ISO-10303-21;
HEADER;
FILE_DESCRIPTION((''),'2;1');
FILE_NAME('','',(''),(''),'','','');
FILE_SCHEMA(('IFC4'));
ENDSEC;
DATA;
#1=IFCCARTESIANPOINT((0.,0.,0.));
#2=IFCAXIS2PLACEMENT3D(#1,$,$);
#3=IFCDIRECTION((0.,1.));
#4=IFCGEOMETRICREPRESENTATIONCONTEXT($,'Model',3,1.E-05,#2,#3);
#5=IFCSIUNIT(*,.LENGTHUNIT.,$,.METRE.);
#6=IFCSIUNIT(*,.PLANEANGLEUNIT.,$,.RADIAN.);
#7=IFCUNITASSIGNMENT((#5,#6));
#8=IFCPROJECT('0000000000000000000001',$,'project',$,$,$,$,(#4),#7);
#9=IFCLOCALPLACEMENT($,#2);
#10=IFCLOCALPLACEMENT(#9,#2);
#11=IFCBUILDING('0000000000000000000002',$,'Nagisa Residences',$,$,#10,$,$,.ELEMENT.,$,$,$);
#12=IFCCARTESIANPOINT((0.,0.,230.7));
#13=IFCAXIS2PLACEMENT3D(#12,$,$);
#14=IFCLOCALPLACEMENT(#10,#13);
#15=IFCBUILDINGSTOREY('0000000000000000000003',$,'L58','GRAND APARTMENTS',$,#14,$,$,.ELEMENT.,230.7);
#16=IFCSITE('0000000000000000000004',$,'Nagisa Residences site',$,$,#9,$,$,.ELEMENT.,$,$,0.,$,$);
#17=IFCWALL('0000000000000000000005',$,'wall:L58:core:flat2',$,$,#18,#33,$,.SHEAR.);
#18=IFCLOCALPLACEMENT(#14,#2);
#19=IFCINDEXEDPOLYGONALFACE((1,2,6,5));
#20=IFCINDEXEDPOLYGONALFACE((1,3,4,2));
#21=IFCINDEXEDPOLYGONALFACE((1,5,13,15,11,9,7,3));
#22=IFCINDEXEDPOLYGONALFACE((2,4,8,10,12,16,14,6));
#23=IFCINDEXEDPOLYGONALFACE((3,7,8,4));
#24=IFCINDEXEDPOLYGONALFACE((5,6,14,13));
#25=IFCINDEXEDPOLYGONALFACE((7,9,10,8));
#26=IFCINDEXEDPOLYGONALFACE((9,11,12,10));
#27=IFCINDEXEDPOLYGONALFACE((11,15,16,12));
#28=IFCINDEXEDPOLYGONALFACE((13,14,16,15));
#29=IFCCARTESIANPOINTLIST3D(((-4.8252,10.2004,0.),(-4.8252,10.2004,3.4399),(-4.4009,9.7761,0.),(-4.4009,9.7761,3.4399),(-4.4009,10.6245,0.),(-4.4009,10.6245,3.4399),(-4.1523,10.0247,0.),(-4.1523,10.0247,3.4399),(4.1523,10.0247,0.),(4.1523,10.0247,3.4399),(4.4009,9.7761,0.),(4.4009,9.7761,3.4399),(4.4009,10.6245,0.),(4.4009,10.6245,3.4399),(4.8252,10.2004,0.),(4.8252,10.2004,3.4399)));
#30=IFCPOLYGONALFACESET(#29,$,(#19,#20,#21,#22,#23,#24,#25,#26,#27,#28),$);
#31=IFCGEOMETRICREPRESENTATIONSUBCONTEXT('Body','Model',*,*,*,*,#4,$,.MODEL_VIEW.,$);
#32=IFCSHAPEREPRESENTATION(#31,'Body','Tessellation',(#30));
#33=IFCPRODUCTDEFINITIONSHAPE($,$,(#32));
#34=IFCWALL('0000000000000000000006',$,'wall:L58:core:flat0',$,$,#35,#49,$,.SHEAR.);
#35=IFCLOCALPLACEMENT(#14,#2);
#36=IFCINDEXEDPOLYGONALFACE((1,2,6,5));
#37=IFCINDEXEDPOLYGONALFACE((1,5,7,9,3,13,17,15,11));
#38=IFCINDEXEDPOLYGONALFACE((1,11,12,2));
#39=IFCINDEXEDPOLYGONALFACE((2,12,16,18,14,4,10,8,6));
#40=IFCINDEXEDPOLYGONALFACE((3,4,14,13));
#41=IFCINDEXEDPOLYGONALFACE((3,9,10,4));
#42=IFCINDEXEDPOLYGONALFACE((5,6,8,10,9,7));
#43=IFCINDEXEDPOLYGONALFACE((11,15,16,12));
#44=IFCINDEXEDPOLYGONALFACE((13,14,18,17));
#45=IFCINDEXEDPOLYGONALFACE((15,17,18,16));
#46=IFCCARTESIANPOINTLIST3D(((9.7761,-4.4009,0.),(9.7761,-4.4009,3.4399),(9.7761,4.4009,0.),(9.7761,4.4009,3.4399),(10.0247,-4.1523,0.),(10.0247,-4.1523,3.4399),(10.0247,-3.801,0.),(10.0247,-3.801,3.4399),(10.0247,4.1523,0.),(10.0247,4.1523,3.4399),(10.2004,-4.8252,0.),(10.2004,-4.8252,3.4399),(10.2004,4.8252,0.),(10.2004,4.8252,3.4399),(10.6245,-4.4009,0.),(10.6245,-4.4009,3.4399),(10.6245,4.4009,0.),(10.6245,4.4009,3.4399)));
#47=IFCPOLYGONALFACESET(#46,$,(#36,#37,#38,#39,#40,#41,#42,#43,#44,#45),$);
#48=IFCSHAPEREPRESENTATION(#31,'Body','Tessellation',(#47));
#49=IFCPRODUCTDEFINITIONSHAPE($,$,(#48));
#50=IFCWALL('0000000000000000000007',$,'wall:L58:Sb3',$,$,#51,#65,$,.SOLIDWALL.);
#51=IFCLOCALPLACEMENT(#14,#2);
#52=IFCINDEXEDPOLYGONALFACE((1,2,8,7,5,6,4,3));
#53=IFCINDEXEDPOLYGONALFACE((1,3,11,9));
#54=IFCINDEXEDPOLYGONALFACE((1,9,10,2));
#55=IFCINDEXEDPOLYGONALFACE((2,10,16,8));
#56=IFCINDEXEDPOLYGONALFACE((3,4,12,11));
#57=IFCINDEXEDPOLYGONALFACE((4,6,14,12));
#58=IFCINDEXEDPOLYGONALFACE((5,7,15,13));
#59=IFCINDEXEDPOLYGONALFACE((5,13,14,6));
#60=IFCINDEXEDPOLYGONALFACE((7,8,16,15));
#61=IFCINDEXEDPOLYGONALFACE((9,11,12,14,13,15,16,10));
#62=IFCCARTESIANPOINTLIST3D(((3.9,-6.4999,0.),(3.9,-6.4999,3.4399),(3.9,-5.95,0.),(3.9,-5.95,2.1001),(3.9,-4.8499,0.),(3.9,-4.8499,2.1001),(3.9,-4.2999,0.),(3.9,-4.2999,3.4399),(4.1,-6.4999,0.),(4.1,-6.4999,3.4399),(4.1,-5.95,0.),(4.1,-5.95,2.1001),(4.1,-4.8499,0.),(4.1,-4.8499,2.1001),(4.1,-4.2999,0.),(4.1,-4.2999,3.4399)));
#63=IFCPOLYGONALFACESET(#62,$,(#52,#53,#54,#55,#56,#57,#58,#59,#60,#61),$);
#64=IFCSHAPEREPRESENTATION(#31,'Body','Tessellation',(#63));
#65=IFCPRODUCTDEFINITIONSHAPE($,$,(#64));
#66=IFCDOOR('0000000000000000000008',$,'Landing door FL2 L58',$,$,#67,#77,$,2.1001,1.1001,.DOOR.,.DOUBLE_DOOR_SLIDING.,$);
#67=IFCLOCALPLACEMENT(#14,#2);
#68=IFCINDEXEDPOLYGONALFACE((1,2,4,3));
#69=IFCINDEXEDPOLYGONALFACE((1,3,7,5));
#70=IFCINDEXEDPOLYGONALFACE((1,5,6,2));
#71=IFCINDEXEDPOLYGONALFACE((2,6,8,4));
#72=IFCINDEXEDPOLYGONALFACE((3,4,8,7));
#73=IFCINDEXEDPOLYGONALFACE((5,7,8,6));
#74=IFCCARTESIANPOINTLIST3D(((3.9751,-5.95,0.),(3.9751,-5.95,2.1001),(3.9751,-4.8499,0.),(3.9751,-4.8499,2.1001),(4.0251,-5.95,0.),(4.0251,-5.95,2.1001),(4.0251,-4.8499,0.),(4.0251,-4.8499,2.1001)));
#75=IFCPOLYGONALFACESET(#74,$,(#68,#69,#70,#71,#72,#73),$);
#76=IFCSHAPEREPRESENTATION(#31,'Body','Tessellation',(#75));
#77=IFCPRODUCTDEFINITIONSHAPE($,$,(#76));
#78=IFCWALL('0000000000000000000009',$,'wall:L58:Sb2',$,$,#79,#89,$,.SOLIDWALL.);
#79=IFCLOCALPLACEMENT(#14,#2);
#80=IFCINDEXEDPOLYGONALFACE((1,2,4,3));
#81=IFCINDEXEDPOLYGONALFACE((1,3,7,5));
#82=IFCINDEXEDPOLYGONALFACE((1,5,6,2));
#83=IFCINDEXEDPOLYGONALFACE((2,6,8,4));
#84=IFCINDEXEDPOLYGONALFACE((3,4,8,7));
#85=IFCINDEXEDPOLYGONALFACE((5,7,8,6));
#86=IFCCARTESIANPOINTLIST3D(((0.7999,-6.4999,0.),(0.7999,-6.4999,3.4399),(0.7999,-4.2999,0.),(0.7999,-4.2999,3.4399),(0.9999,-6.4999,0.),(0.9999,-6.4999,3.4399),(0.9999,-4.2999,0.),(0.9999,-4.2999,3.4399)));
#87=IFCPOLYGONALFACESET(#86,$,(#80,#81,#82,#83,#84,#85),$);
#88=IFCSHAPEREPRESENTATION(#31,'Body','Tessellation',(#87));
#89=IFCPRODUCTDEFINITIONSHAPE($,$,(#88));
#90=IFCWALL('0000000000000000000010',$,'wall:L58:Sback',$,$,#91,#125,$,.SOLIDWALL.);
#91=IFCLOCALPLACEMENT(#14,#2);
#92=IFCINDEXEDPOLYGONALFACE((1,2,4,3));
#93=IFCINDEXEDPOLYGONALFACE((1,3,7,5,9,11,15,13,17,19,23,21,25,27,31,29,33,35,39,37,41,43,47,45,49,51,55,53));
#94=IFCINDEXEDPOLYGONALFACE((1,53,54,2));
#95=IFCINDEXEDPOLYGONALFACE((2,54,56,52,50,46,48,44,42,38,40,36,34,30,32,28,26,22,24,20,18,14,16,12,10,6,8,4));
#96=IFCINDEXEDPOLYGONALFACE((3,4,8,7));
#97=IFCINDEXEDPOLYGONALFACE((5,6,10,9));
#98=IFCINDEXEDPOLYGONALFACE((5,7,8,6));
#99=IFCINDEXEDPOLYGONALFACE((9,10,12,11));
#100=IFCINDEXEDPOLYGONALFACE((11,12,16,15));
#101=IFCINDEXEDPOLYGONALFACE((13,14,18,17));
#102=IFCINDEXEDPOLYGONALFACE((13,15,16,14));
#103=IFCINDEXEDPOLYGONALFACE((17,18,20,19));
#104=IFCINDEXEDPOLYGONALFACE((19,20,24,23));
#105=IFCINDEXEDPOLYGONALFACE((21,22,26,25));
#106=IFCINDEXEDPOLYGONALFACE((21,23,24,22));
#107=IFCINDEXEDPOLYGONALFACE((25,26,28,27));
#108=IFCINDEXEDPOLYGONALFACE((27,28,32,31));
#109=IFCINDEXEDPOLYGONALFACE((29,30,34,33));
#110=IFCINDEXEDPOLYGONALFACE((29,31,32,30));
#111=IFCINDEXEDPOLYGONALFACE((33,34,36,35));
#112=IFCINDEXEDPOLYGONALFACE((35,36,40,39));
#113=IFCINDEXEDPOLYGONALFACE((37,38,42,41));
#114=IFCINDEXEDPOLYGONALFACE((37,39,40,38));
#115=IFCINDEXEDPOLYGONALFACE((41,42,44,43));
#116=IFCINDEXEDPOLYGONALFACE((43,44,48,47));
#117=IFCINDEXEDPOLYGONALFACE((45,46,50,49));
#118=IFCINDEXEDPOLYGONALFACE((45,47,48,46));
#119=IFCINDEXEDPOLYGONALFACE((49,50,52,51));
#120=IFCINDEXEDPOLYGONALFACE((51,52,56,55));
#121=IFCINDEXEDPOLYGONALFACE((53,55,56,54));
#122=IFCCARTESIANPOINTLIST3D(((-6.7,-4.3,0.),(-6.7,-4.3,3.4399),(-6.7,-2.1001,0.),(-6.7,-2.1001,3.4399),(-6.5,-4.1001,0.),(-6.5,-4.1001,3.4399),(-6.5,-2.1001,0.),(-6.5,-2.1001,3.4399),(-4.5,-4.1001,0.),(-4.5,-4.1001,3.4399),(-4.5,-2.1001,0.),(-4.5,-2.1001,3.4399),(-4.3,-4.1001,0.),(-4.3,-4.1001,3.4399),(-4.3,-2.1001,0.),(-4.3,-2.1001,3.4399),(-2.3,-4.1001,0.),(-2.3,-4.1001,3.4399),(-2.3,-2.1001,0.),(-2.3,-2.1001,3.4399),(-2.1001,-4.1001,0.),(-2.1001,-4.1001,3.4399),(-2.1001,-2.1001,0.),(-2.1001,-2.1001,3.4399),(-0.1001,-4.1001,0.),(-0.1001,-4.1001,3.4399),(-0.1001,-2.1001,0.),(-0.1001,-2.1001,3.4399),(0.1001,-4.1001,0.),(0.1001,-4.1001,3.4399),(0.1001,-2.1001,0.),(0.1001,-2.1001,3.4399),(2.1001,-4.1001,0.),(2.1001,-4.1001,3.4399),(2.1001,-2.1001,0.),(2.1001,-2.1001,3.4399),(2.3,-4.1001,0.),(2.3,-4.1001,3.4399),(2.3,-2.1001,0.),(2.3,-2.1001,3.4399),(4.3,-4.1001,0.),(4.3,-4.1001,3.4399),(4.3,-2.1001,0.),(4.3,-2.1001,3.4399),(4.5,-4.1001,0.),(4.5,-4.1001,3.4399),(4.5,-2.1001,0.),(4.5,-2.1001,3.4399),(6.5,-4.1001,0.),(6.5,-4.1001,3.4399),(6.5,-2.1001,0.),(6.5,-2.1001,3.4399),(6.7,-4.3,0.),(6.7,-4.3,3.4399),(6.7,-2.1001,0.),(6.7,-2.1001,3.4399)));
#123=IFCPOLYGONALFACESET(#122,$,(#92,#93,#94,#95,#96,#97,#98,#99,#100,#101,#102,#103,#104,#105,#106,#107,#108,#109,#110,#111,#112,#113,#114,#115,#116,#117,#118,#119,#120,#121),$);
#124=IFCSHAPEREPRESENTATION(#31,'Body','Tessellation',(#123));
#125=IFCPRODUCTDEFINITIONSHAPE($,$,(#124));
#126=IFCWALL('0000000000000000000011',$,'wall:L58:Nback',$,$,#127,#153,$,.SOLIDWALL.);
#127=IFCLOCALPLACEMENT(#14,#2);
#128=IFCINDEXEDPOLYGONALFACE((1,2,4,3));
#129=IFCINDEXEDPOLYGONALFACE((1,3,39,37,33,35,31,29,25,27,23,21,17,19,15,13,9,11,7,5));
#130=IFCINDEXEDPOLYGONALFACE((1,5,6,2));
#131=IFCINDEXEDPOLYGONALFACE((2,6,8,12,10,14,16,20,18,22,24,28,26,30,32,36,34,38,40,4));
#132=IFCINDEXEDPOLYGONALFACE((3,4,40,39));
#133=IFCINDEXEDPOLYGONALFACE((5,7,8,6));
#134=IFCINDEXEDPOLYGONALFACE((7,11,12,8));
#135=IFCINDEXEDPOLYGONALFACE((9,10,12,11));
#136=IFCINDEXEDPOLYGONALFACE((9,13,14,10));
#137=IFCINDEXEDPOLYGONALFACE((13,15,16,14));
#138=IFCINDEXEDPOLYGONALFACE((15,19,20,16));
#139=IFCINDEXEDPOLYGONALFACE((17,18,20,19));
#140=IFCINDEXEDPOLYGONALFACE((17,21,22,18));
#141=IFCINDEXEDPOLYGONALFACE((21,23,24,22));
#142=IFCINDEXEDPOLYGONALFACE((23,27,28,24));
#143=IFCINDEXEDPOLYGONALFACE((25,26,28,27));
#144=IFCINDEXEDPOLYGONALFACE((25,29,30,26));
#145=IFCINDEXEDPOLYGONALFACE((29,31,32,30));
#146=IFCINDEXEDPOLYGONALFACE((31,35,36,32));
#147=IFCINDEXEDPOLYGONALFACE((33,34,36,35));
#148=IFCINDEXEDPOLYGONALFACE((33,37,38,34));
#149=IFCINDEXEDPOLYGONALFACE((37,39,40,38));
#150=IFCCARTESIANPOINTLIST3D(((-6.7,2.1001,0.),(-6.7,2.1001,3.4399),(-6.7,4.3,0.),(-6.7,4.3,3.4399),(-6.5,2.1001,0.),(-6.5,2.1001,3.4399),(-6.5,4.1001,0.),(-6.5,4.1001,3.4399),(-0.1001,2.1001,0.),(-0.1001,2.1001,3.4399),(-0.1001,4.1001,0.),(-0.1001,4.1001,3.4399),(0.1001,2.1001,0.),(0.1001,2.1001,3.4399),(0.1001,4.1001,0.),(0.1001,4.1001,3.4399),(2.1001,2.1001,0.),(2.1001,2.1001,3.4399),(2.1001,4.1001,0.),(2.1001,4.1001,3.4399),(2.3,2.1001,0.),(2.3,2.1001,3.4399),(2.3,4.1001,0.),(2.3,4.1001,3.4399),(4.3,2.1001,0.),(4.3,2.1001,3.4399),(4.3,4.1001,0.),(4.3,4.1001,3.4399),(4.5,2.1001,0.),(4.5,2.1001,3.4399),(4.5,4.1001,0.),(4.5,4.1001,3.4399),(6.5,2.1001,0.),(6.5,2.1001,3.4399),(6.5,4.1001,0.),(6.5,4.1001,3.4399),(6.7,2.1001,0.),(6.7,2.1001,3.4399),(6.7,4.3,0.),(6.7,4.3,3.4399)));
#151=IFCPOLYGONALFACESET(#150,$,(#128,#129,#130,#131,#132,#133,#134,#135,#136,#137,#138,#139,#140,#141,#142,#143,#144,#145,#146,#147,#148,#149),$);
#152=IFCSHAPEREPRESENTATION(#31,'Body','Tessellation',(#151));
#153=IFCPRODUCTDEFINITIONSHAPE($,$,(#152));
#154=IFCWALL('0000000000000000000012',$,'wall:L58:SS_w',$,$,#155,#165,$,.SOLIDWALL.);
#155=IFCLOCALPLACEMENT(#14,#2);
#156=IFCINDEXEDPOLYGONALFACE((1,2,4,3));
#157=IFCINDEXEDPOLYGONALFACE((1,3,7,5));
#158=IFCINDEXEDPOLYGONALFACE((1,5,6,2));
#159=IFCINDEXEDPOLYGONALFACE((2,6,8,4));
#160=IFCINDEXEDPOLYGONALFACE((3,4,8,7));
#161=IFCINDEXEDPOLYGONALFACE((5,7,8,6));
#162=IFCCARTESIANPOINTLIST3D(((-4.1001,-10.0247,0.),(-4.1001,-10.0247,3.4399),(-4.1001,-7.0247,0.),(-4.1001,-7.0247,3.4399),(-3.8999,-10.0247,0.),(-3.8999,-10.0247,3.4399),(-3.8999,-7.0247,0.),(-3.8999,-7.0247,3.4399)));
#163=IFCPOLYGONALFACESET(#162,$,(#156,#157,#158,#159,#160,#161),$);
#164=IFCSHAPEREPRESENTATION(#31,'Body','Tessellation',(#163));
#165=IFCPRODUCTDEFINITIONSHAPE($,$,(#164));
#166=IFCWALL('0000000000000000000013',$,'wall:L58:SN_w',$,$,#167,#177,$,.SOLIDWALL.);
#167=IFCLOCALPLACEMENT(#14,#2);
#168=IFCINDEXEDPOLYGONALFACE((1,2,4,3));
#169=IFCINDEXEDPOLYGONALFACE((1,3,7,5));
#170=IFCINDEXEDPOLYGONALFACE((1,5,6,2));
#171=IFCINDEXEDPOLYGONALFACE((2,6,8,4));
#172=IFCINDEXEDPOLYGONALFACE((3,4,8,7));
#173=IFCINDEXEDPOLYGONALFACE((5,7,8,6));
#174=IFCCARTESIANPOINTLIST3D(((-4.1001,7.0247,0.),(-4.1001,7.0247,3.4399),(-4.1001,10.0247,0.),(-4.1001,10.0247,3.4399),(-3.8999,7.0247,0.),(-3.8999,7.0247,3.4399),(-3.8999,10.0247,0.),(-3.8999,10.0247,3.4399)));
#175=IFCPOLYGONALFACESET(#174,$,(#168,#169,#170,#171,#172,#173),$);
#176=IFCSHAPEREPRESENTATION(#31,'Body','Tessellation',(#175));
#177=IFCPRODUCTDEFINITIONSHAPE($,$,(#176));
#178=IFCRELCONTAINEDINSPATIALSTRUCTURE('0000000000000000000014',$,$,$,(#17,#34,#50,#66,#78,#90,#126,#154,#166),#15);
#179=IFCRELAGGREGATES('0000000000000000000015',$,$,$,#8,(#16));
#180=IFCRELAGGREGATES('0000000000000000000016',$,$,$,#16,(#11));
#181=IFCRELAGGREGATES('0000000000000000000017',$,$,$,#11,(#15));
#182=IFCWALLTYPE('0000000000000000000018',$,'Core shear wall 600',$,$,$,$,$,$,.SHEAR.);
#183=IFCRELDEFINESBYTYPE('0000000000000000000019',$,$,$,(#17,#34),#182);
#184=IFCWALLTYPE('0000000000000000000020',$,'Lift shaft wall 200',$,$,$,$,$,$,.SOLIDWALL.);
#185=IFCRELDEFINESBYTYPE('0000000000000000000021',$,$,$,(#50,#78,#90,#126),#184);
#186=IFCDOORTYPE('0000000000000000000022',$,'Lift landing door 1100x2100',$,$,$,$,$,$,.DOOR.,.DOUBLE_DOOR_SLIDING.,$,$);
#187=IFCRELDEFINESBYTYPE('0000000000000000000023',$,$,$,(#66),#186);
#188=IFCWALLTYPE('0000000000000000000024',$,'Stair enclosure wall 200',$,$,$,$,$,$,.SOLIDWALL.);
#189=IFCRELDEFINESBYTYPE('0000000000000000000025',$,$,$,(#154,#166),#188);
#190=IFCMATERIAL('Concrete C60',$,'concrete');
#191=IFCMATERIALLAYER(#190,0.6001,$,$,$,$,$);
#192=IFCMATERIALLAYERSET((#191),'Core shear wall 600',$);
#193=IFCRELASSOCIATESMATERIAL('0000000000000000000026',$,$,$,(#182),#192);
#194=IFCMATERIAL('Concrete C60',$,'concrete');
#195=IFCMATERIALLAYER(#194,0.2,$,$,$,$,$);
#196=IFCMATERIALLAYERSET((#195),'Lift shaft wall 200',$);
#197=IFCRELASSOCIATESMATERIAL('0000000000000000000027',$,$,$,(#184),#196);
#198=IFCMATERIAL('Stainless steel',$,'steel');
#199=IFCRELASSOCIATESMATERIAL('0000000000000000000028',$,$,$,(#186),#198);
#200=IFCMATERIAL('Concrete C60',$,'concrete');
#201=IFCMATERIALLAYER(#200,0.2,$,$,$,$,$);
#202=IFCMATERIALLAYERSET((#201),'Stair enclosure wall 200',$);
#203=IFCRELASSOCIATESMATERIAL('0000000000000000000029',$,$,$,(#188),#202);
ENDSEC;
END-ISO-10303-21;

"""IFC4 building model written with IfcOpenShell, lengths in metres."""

from ifc_helpers import new_model, si_unit, direction, frame, frame_2d, origin, place, context, subcontext, project, spatial, polyline, rectangle, outline, extrude, material, layer, layer_set, type_object, element, fill, save


model = new_model("IFC4")

# Units and contexts
model_context = context("Model", 3, precision=1e-05, world=origin(), true_north=direction((0.0, 1.0)))
body_context = subcontext(model_context, "Body", "Model", "MODEL_VIEW")
ifc_project = project(units=[si_unit("LENGTHUNIT", "METRE"), si_unit("PLANEANGLEUNIT", "RADIAN")], contexts=[model_context])

# Site, building, storey
site_placement = place(None, origin())
site = spatial("IfcSite", under=ifc_project, at=site_placement, Name="Nagisa Residences site", CompositionType="ELEMENT", RefElevation=0.0)
building_placement = place(site_placement, origin())
building = spatial("IfcBuilding", under=site, at=building_placement, Name="Nagisa Residences", CompositionType="ELEMENT")
storey_placement = place(building_placement, frame((0.0, 0.0, 230.7)))
storey = spatial("IfcBuildingStorey", under=building, at=storey_placement, Name="L58", Description="GRAND APARTMENTS", CompositionType="ELEMENT", Elevation=230.7)

# Shared definitions
ifc_material_1 = material(Name="Concrete C60", Category="concrete")
ifc_layer_1 = layer(ifc_material_1, 0.6001)
ifc_layer_set_1 = layer_set([ifc_layer_1], Name="Core shear wall 600")
wall_type_1 = type_object("IfcWallType", Name="Core shear wall 600", PredefinedType="SHEAR", material=ifc_layer_set_1)

# Walls
wall_1_placement = place(storey_placement, origin())
element("IfcWall", 1, at=wall_1_placement, inside=storey, type_object=wall_type_1, Name="wall:L58:core:flat2", PredefinedType="SHEAR", context=body_context, shape_type="SweptSolid", body=[
    extrude(outline(polyline([(-4.1523, 10.0247), (-4.4009, 9.7761), (-4.8252, 10.2004), (-4.4009, 10.6245), (4.4009, 10.6245), (4.8252, 10.2004), (4.4009, 9.7761), (4.1523, 10.0247), (-4.1523, 10.0247)])), origin(), (0.0, 0.0, 1.0), 3.4399),
])
wall_2_placement = place(storey_placement, origin())
element("IfcWall", 2, at=wall_2_placement, inside=storey, type_object=wall_type_1, Name="wall:L58:core:flat0", PredefinedType="SHEAR", context=body_context, shape_type="SweptSolid", body=[
    extrude(outline(polyline([(9.7761, -4.4009), (10.0247, -4.1523), (10.0247, -3.801), (10.0247, 4.1523), (9.7761, 4.4009), (10.2004, 4.8252), (10.6245, 4.4009), (10.6245, -4.4009), (10.2004, -4.8252), (9.7761, -4.4009)])), origin(), (0.0, 0.0, 1.0), 3.4399),
])

# Wall, opening, door
ifc_material_2 = material(Name="Concrete C60", Category="concrete")
ifc_layer_2 = layer(ifc_material_2, 0.2)
ifc_layer_set_2 = layer_set([ifc_layer_2], Name="Lift shaft wall 200")
wall_type_2 = type_object("IfcWallType", Name="Lift shaft wall 200", PredefinedType="SOLIDWALL", material=ifc_layer_set_2)
wall_3_placement = place(storey_placement, frame((4.0, -6.5, 0.0), z_axis=(0.0, 0.0, 1.0), x_axis=(0.0, 1.0, 0.0)))
wall_3 = element("IfcWall", 3, at=wall_3_placement, inside=storey, type_object=wall_type_2, Name="wall:L58:Sb3", PredefinedType="SOLIDWALL", context=body_context, shape_type="SweptSolid", body=[
    extrude(rectangle(XDim=2.2, YDim=0.2, at=frame_2d((1.1001, 0.0))), origin(), (0.0, 0.0, 1.0), 3.4399),
])
opening_1_placement = place(wall_3_placement, frame((0.55, 0.0, 0.0)))
opening_1 = element("IfcOpeningElement", 4, at=opening_1_placement, cuts=wall_3, PredefinedType="OPENING", context=body_context, shape_type="SweptSolid", body=[
    extrude(rectangle(XDim=1.1001, YDim=2.1001, at=frame_2d((0.55, 1.05))), frame((0.0, 0.1099, 0.0), z_axis=(0.0, -1.0, 0.0), x_axis=(1.0, 0.0, 0.0)), (0.0, 0.0, 1.0), 0.22),
])
ifc_material_3 = material(Name="Stainless steel", Category="steel")
door_type_1 = type_object("IfcDoorType", Name="Lift landing door 1100x2100", OperationType="DOUBLE_DOOR_SLIDING", PredefinedType="DOOR", material=ifc_material_3)
door_1_placement = place(opening_1_placement, origin())
door_1 = element("IfcDoor", 5, at=door_1_placement, inside=storey, type_object=door_type_1, Name="Landing door FL2 L58", OperationType="DOUBLE_DOOR_SLIDING", OverallHeight=2.1001, OverallWidth=1.1001, PredefinedType="DOOR", context=body_context, shape_type="SweptSolid", body=[
    extrude(rectangle(XDim=1.1001, YDim=2.1001, at=frame_2d((0.55, 1.05))), frame((0.0, 0.0249, 0.0), z_axis=(0.0, -1.0, 0.0), x_axis=(1.0, 0.0, 0.0)), (0.0, 0.0, 1.0), 0.05),
])
fill(opening_1, door_1)

# Walls
wall_4_placement = place(storey_placement, frame((0.8999, -6.5, 0.0), z_axis=(0.0, 0.0, 1.0), x_axis=(0.0, 1.0, 0.0)))
element("IfcWall", 6, at=wall_4_placement, inside=storey, type_object=wall_type_2, Name="wall:L58:Sb2", PredefinedType="SOLIDWALL", context=body_context, shape_type="SweptSolid", body=[
    extrude(rectangle(XDim=2.2, YDim=0.2, at=frame_2d((1.1001, 0.0))), origin(), (0.0, 0.0, 1.0), 3.4399),
])
wall_5_placement = place(storey_placement, origin())
element("IfcWall", 7, at=wall_5_placement, inside=storey, type_object=wall_type_2, Name="wall:L58:Sback", PredefinedType="SOLIDWALL", context=body_context, shape_type="SweptSolid", body=[
    extrude(outline(polyline([(-6.7, -2.1001), (-6.5, -2.1001), (-6.5, -4.1001), (-4.5, -4.1001), (-4.5, -2.1001), (-4.3, -2.1001), (-4.3, -4.1001), (-2.3, -4.1001), (-2.3, -2.1001), (-2.1001, -2.1001), (-2.1001, -4.1001), (-0.1001, -4.1001), (-0.1001, -2.1001), (0.1001, -2.1001), (0.1001, -4.1001), (2.1001, -4.1001), (2.1001, -2.1001), (2.3, -2.1001), (2.3, -4.1001), (4.3, -4.1001), (4.3, -2.1001), (4.5, -2.1001), (4.5, -4.1001), (6.5, -4.1001), (6.5, -2.1001), (6.7, -2.1001), (6.7, -4.3), (-6.7, -4.3), (-6.7, -2.1001)])), origin(), (0.0, 0.0, 1.0), 3.4399),
])
wall_6_placement = place(storey_placement, origin())
element("IfcWall", 8, at=wall_6_placement, inside=storey, type_object=wall_type_2, Name="wall:L58:Nback", PredefinedType="SOLIDWALL", context=body_context, shape_type="SweptSolid", body=[
    extrude(outline(polyline([(-6.7, 4.3), (6.7, 4.3), (6.7, 2.1001), (6.5, 2.1001), (6.5, 4.1001), (4.5, 4.1001), (4.5, 2.1001), (4.3, 2.1001), (4.3, 4.1001), (2.3, 4.1001), (2.3, 2.1001), (2.1001, 2.1001), (2.1001, 4.1001), (0.1001, 4.1001), (0.1001, 2.1001), (-0.1001, 2.1001), (-0.1001, 4.1001), (-6.5, 4.1001), (-6.5, 2.1001), (-6.7, 2.1001), (-6.7, 4.3)])), origin(), (0.0, 0.0, 1.0), 3.4399),
])
ifc_material_4 = material(Name="Concrete C60", Category="concrete")
ifc_layer_3 = layer(ifc_material_4, 0.2)
ifc_layer_set_3 = layer_set([ifc_layer_3], Name="Stair enclosure wall 200")
wall_type_3 = type_object("IfcWallType", Name="Stair enclosure wall 200", PredefinedType="SOLIDWALL", material=ifc_layer_set_3)
wall_7_placement = place(storey_placement, origin())
element("IfcWall", 9, at=wall_7_placement, inside=storey, type_object=wall_type_3, Name="wall:L58:SS_w", PredefinedType="SOLIDWALL", context=body_context, shape_type="SweptSolid", body=[
    extrude(outline(polyline([(-3.8999, -10.0247), (-4.1001, -10.0247), (-4.1001, -7.0247), (-3.8999, -7.0247), (-3.8999, -10.0247)])), origin(), (0.0, 0.0, 1.0), 3.4399),
])
wall_8_placement = place(storey_placement, origin())
element("IfcWall", 10, at=wall_8_placement, inside=storey, type_object=wall_type_3, Name="wall:L58:SN_w", PredefinedType="SOLIDWALL", context=body_context, shape_type="SweptSolid", body=[
    extrude(outline(polyline([(-3.8999, 7.0247), (-4.1001, 7.0247), (-4.1001, 10.0247), (-3.8999, 10.0247), (-3.8999, 7.0247)])), origin(), (0.0, 0.0, 1.0), 3.4399),
])

save(model, "model.ifc")
